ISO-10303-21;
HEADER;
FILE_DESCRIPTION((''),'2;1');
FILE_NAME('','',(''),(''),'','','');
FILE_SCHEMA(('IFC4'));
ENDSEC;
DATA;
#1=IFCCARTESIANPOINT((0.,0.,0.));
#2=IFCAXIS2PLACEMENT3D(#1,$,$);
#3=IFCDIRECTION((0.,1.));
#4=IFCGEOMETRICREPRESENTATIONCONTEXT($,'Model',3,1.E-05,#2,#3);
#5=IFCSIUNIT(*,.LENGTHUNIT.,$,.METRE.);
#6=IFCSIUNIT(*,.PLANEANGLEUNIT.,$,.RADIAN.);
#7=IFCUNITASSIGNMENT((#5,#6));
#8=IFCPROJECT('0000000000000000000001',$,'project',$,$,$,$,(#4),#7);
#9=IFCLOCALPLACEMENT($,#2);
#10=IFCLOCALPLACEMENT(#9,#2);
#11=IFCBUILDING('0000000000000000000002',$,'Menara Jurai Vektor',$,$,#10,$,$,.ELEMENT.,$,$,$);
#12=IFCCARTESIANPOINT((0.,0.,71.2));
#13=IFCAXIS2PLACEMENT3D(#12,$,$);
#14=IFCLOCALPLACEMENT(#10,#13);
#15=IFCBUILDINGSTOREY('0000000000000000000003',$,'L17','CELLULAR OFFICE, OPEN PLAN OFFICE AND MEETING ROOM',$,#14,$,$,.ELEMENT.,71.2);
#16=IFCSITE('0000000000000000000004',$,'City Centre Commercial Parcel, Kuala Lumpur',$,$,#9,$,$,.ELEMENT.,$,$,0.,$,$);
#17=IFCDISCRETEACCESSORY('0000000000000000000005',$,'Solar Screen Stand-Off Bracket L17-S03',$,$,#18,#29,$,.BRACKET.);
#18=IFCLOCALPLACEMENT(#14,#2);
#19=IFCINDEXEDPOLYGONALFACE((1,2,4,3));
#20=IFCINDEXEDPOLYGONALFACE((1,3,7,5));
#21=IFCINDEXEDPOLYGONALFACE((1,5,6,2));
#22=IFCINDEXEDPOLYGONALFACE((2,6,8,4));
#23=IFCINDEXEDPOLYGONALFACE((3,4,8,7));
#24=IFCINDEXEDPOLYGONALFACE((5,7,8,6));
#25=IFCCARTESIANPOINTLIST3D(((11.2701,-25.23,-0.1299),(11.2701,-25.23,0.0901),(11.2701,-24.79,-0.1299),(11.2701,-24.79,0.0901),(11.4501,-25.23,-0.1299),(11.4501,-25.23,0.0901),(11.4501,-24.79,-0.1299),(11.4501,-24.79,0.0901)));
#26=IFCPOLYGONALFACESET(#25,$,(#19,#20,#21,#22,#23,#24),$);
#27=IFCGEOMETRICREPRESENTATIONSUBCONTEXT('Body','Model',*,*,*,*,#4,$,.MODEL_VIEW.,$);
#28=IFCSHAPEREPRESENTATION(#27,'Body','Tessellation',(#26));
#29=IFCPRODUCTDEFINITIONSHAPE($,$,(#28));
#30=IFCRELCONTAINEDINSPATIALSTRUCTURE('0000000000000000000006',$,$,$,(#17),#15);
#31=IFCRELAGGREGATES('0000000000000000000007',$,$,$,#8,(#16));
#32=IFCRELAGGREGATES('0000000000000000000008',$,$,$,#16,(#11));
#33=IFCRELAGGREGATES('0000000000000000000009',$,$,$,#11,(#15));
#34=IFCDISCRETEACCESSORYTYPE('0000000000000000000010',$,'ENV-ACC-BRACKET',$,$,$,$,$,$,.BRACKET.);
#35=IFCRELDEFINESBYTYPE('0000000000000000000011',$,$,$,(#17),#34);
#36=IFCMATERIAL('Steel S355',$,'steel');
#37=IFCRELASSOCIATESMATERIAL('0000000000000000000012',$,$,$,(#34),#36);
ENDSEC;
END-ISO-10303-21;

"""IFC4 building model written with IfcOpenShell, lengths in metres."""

from ifc_helpers import new_model, si_unit, direction, frame, origin, origin_2d, place, context, subcontext, project, spatial, rectangle, extrude, material, type_object, element, save


model = new_model("IFC4")

# Units and contexts
model_context = context("Model", 3, precision=1e-05, world=origin(), true_north=direction((0.0, 1.0)))
body_context = subcontext(model_context, "Body", "Model", "MODEL_VIEW")
ifc_project = project(units=[si_unit("LENGTHUNIT", "METRE"), si_unit("PLANEANGLEUNIT", "RADIAN")], contexts=[model_context])

# Site, building, storey
site_placement = place(None, origin())
site = spatial("IfcSite", under=ifc_project, at=site_placement, Name="City Centre Commercial Parcel, Kuala Lumpur", CompositionType="ELEMENT", RefElevation=0.0)
building_placement = place(site_placement, origin())
building = spatial("IfcBuilding", under=site, at=building_placement, Name="Menara Jurai Vektor", CompositionType="ELEMENT")
storey_placement = place(building_placement, frame((0.0, 0.0, 71.2)))
storey = spatial("IfcBuildingStorey", under=building, at=storey_placement, Name="L17", Description="CELLULAR OFFICE, OPEN PLAN OFFICE AND MEETING ROOM", CompositionType="ELEMENT", Elevation=71.2)

# Shared definitions
ifc_material_1 = material(Name="Steel S355", Category="steel")

# Discrete accessory
discrete_accessory_type = type_object("IfcDiscreteAccessoryType", Name="ENV-ACC-BRACKET", PredefinedType="BRACKET", material=ifc_material_1)
discrete_accessory_placement = place(storey_placement, frame((11.3601, -25.01, -0.1299), z_axis=(0.0, 0.0, 1.0), x_axis=(1.0, 0.0, 0.0)))
element("IfcDiscreteAccessory", 1, at=discrete_accessory_placement, inside=storey, type_object=discrete_accessory_type, Name="Solar Screen Stand-Off Bracket L17-S03", PredefinedType="BRACKET", context=body_context, shape_type="SweptSolid", body=[
    extrude(rectangle(XDim=0.1799, YDim=0.4399, at=origin_2d()), origin(), (0.0, 0.0, 1.0), 0.22),
])

save(model, "model.ifc")
